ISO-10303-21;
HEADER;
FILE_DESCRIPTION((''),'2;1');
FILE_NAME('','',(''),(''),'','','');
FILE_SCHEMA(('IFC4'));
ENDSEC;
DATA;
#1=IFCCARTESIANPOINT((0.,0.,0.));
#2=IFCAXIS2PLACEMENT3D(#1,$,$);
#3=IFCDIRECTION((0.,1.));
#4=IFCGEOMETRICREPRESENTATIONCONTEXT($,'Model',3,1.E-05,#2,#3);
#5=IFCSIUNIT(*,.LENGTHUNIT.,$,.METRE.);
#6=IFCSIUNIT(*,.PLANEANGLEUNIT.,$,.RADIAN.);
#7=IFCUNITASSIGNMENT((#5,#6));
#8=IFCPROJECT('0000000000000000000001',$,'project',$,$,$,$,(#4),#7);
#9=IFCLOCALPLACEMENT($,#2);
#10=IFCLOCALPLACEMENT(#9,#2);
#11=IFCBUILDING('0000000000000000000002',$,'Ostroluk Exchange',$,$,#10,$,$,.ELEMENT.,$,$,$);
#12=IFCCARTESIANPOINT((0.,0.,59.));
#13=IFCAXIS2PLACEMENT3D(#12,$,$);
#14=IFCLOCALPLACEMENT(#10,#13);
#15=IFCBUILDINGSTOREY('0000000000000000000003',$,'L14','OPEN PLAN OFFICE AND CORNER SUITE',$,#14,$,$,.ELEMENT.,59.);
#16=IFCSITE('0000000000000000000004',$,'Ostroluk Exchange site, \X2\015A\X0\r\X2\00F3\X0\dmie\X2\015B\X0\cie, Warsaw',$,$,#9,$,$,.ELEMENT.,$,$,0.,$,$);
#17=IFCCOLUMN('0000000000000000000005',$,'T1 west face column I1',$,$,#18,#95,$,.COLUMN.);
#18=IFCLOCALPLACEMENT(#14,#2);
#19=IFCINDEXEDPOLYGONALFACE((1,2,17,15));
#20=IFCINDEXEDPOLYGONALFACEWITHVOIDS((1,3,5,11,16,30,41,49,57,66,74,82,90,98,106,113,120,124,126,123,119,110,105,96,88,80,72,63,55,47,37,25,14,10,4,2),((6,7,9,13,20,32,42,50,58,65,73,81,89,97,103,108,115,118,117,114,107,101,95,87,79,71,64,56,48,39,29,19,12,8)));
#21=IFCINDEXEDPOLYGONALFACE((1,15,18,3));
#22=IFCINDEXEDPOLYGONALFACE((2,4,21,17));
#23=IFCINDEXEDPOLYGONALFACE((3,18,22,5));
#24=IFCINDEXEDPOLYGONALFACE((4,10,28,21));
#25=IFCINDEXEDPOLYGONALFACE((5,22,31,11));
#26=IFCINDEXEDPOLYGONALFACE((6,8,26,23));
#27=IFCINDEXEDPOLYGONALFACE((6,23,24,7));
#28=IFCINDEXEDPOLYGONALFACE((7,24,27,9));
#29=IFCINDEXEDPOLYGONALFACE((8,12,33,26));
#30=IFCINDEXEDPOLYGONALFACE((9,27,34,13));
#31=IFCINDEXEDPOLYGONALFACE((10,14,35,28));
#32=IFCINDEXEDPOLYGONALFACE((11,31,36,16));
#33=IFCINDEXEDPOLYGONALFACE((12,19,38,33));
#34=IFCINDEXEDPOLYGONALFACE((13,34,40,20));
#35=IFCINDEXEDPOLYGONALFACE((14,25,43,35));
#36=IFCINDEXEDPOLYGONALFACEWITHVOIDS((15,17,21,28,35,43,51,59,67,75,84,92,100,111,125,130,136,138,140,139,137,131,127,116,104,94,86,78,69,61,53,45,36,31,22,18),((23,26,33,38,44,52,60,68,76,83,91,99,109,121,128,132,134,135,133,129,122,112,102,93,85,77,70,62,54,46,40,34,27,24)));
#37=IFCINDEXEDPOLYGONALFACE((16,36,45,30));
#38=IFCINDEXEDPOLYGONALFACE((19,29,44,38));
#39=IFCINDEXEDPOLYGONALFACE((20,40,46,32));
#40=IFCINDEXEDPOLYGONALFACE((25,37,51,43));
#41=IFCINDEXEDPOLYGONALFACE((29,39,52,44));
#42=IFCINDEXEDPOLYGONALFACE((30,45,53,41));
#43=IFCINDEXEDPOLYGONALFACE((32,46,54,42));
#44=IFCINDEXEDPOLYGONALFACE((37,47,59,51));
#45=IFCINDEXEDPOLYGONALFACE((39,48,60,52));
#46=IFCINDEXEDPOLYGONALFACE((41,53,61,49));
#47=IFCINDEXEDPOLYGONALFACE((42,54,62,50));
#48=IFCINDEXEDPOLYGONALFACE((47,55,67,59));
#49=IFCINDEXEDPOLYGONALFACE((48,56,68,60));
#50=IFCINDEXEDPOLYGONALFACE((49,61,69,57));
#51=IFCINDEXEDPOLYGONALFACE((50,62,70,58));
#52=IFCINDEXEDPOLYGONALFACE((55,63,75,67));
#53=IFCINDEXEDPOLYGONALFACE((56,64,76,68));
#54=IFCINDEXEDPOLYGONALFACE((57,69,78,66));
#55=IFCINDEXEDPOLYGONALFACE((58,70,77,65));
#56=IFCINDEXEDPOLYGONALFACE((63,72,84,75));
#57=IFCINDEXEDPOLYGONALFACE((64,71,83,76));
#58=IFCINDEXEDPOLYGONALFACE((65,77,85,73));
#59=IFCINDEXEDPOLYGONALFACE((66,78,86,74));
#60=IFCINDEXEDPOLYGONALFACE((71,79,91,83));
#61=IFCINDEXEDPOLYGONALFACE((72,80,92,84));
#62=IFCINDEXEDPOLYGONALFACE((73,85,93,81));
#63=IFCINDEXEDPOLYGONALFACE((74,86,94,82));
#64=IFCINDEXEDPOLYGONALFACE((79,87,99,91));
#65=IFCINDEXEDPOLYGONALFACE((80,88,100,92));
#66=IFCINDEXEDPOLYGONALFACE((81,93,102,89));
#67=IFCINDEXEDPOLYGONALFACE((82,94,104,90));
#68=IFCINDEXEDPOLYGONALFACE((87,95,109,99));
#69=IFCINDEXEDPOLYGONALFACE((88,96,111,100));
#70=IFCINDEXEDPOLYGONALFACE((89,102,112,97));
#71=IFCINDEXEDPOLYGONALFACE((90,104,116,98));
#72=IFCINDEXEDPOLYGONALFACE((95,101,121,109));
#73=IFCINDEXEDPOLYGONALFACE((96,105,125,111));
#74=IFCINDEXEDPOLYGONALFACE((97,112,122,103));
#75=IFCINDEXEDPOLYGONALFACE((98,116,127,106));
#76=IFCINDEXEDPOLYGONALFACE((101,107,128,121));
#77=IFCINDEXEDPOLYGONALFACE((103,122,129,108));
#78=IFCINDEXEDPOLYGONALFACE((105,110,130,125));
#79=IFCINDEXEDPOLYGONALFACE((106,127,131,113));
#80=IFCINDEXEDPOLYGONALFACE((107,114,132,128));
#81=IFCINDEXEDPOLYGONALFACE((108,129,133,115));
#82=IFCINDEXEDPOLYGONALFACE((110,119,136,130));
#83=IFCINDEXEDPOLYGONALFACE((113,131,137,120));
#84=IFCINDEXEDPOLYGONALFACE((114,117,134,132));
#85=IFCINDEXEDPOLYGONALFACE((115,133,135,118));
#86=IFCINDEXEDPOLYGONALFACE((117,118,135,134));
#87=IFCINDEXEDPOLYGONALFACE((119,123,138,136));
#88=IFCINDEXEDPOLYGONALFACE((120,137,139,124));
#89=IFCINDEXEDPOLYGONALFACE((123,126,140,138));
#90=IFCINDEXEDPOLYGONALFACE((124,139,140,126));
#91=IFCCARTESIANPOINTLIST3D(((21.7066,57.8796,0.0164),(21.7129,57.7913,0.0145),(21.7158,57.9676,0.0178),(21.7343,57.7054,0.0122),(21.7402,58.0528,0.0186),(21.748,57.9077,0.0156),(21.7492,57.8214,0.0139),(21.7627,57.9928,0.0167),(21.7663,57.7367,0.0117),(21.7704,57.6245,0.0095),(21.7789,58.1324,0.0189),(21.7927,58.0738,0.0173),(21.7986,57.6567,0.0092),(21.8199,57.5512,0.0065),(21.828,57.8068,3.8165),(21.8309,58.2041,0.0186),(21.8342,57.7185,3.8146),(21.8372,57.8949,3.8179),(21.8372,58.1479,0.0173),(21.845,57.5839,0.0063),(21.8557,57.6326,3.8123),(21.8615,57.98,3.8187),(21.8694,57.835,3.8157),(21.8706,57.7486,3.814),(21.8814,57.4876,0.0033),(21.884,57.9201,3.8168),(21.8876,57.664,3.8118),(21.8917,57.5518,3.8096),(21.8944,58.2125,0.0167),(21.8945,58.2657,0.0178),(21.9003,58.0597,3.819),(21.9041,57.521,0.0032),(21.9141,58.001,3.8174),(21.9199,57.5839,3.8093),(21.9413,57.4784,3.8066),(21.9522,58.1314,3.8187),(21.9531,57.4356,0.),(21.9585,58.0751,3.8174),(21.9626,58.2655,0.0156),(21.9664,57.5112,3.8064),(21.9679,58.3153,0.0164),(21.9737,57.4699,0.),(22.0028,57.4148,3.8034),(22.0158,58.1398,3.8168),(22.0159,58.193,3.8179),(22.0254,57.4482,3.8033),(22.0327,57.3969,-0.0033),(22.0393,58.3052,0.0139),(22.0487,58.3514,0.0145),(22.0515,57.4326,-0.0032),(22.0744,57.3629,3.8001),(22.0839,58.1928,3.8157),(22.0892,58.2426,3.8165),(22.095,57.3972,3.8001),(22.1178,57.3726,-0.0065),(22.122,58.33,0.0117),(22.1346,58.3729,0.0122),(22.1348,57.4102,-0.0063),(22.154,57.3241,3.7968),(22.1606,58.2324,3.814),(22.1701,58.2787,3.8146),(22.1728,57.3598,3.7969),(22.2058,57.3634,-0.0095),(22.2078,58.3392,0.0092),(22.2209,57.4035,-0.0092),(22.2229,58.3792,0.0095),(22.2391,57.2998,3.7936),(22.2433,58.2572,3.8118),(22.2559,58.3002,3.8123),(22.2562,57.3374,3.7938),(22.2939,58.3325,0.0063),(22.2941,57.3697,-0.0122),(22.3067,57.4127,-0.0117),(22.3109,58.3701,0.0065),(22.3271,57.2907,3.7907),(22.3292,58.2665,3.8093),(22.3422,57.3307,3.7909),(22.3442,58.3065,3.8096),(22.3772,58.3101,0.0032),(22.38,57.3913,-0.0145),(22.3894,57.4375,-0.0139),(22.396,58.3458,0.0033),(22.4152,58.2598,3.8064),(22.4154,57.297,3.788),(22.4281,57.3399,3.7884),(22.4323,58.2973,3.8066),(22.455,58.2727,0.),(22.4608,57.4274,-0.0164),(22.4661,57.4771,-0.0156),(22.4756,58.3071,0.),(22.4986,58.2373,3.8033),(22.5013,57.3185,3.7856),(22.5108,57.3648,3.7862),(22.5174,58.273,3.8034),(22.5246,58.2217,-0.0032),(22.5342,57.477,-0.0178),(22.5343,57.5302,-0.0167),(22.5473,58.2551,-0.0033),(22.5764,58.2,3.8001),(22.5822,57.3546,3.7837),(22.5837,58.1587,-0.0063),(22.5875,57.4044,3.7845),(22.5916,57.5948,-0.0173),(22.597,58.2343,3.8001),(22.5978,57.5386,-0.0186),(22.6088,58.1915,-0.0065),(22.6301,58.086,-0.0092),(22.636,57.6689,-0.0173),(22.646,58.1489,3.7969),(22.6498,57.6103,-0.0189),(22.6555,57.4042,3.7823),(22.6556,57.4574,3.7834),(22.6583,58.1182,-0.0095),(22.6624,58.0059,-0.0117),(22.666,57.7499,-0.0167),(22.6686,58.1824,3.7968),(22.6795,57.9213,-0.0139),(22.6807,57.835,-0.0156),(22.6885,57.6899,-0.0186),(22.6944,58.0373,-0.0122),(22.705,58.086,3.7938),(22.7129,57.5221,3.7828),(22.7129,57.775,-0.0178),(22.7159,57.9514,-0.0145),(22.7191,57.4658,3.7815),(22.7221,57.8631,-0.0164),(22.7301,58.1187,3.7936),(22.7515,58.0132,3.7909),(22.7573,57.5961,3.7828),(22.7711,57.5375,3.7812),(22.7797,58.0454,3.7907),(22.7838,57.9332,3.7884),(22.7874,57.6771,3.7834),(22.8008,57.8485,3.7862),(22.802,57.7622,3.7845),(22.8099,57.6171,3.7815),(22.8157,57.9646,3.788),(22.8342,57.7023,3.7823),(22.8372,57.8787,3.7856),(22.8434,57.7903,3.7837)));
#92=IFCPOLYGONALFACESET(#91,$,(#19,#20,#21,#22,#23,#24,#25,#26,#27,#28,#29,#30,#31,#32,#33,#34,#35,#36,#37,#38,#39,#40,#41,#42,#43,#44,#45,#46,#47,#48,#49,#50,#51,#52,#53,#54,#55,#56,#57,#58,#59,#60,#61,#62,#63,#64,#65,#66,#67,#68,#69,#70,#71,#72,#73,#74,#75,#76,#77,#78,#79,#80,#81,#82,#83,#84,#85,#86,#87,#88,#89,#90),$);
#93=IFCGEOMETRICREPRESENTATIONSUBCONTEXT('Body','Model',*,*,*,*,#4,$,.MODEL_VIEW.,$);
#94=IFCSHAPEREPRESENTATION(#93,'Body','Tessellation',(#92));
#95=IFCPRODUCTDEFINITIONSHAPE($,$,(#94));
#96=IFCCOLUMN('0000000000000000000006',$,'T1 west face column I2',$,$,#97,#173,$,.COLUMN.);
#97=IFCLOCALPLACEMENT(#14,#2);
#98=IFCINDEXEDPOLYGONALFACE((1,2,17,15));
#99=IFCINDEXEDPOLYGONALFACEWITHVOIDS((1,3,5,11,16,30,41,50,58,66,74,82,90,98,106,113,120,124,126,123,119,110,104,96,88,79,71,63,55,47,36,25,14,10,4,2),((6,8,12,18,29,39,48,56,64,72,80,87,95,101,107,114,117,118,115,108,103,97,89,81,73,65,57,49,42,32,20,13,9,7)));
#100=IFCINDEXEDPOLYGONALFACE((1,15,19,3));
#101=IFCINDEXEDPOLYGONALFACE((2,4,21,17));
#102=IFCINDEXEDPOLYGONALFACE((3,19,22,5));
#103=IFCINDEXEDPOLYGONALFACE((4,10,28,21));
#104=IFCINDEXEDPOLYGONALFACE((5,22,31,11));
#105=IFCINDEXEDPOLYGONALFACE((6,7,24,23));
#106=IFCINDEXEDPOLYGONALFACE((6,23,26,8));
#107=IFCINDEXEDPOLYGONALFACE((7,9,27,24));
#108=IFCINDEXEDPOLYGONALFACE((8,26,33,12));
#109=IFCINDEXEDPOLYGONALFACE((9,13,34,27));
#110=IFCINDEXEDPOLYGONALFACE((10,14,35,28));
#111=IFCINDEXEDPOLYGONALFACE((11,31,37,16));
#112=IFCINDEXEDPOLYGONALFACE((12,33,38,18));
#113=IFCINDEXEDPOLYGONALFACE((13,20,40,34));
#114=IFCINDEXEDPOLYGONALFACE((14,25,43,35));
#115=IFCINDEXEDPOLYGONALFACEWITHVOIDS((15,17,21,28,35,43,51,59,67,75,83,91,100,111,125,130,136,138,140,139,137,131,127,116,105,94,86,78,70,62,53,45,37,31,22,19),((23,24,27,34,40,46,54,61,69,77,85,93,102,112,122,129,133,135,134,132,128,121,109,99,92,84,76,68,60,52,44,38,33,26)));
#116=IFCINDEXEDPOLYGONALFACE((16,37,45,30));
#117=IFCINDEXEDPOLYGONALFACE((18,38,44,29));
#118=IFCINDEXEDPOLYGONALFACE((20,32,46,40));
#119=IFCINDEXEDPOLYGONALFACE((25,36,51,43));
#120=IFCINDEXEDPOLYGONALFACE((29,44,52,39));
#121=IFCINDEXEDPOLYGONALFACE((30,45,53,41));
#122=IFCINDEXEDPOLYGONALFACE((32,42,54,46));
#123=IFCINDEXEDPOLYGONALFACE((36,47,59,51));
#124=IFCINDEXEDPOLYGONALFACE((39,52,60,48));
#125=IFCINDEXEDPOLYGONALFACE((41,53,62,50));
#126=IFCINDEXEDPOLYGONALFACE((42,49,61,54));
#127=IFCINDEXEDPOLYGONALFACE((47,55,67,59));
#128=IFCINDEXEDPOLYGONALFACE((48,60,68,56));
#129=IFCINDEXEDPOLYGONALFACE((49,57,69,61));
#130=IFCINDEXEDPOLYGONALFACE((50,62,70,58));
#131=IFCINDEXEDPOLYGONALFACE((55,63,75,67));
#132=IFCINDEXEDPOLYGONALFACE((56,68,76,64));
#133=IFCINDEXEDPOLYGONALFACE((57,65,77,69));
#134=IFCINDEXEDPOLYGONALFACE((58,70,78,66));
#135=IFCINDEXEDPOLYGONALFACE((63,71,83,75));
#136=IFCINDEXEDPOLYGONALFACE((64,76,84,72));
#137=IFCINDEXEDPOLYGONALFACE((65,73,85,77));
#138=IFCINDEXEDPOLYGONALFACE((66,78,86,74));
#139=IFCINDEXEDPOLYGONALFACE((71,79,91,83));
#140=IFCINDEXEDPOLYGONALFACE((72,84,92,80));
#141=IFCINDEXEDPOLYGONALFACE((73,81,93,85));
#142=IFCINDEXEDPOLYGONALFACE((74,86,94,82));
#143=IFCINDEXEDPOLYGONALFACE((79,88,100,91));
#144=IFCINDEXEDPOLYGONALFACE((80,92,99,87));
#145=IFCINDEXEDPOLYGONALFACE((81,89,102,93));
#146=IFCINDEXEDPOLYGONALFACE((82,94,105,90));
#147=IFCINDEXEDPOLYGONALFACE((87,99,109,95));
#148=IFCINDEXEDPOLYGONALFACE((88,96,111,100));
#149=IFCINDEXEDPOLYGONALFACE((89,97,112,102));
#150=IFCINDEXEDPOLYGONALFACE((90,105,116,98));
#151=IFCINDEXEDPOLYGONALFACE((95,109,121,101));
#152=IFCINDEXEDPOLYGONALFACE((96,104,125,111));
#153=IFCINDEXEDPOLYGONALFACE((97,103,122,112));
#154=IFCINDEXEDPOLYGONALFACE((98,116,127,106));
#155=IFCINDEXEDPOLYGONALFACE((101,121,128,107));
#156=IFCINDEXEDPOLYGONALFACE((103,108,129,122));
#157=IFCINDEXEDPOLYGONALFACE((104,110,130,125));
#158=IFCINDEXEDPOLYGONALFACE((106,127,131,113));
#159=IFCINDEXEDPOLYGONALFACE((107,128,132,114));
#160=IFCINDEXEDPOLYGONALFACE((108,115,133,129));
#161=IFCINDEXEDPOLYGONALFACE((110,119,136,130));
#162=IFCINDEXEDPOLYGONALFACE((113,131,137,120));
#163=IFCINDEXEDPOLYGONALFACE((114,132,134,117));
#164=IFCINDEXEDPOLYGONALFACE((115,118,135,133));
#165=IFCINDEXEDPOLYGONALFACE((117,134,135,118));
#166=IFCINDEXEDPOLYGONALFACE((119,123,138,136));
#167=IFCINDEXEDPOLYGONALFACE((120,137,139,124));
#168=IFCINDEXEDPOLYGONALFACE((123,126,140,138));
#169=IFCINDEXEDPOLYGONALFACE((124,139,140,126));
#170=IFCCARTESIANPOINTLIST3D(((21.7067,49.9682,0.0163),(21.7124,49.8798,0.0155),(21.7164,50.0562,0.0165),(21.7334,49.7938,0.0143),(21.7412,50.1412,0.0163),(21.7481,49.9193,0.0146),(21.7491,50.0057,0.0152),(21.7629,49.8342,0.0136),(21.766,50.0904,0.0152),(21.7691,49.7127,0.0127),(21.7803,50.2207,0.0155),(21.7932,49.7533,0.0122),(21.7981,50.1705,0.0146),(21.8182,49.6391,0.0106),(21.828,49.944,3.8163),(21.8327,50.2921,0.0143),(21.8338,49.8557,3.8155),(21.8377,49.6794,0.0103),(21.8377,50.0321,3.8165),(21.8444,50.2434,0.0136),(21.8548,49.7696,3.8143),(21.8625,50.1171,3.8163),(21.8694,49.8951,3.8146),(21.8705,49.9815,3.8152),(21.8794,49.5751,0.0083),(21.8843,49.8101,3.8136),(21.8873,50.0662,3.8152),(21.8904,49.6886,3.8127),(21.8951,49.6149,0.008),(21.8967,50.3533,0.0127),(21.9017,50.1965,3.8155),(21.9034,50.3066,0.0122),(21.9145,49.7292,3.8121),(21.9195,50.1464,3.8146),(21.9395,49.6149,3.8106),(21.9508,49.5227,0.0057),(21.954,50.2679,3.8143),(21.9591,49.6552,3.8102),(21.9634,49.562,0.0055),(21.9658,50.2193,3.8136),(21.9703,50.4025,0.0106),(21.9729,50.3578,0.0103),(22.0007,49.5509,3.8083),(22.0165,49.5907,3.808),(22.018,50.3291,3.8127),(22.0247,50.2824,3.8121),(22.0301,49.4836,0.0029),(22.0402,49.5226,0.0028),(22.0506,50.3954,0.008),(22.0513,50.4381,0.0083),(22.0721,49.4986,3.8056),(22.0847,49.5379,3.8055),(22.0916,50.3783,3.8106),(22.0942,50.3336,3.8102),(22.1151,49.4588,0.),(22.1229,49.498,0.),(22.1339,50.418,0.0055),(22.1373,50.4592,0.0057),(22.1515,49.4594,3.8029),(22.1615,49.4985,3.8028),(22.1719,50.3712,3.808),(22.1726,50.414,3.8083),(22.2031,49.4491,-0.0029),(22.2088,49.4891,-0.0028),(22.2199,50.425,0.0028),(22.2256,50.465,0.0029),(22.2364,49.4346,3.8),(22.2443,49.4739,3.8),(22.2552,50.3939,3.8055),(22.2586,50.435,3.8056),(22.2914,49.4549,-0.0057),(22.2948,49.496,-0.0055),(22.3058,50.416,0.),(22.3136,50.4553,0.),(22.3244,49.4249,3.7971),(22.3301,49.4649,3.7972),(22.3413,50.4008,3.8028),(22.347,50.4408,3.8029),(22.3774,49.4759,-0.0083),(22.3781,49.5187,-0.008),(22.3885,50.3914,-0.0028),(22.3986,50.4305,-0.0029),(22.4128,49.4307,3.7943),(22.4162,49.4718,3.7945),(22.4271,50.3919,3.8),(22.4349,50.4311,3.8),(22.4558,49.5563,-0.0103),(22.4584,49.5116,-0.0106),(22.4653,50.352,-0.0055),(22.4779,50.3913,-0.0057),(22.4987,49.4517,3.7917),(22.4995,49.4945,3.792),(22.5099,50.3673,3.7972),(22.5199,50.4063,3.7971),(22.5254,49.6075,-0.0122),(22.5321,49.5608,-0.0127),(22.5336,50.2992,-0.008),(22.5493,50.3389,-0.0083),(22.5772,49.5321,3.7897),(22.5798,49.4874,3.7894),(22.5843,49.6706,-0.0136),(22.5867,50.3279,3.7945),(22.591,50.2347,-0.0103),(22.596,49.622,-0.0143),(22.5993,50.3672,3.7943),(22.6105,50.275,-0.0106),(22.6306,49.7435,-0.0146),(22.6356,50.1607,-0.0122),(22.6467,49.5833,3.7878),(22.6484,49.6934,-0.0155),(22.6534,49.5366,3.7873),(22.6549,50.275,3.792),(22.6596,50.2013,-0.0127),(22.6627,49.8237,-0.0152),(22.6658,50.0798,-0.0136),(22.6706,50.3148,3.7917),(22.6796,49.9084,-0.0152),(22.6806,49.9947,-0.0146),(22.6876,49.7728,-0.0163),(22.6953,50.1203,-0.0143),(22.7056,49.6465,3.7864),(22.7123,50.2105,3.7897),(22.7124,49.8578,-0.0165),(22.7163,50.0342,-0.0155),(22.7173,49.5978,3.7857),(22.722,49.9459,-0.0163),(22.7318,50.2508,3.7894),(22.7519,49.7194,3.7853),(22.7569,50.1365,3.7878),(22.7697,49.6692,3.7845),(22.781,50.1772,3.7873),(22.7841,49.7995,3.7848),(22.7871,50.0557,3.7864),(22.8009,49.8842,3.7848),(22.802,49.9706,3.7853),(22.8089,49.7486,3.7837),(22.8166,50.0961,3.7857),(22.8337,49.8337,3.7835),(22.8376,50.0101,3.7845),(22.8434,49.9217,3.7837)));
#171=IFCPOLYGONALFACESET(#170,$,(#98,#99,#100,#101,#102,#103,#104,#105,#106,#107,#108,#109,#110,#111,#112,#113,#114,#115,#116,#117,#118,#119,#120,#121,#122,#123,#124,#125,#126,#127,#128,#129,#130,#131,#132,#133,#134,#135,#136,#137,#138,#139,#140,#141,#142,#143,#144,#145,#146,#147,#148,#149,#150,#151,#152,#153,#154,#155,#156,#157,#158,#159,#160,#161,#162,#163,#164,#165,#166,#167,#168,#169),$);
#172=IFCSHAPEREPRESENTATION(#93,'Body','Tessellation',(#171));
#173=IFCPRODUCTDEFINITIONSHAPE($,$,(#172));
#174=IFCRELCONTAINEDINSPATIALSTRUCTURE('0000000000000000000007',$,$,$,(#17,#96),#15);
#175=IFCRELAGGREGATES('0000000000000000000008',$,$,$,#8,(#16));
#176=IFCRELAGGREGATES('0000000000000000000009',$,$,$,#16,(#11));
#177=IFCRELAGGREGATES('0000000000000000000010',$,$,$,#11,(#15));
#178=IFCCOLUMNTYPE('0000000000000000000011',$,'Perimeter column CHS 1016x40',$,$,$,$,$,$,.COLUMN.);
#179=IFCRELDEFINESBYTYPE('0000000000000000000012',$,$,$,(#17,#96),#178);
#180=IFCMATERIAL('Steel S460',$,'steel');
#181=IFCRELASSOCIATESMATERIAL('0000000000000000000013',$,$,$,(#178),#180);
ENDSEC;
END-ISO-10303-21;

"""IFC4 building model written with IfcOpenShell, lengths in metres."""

from ifc_helpers import new_model, si_unit, direction, frame, origin, origin_2d, place, context, subcontext, project, spatial, hollow_circle, extrude, material, material_profile, profile_set, type_object, element, save


model = new_model("IFC4")

# Units and contexts
model_context = context("Model", 3, precision=1e-05, world=origin(), true_north=direction((0.0, 1.0)))
body_context = subcontext(model_context, "Body", "Model", "MODEL_VIEW")
ifc_project = project(units=[si_unit("LENGTHUNIT", "METRE"), si_unit("PLANEANGLEUNIT", "RADIAN")], contexts=[model_context])

# Site, building, storey
site_placement = place(None, origin())
site = spatial("IfcSite", under=ifc_project, at=site_placement, Name="Ostroluk Exchange site, Śródmieście, Warsaw", CompositionType="ELEMENT", RefElevation=0.0)
building_placement = place(site_placement, origin())
building = spatial("IfcBuilding", under=site, at=building_placement, Name="Ostroluk Exchange", CompositionType="ELEMENT")
storey_placement = place(building_placement, frame((0.0, 0.0, 59.0)))
storey = spatial("IfcBuildingStorey", under=building, at=storey_placement, Name="L14", Description="OPEN PLAN OFFICE AND CORNER SUITE", CompositionType="ELEMENT", Elevation=59.0)

# Columns
ifc_material_1 = material(Name="Steel S460", Category="steel")
ifc_material_profile_1 = material_profile(ifc_material_1, hollow_circle(Radius=0.5081, WallThickness=0.04, at=origin_2d()), Name="CHS 1016x40")
ifc_profile_set_1 = profile_set([ifc_material_profile_1], Name="Steel S460")
column_type = type_object("IfcColumnType", Name="Perimeter column CHS 1016x40", PredefinedType="COLUMN", material=ifc_profile_set_1)
column_1_placement = place(storey_placement, frame((22.2144, 57.8713, 0.0), z_axis=(0.031909, -0.019132, 0.999308), x_axis=(0.514242, 0.857645, 0.0)))
element("IfcColumn", 1, at=column_1_placement, inside=storey, type_object=column_type, Name="T1 west face column I1", PredefinedType="COLUMN", context=body_context, shape_type="SweptSolid", body=[
    extrude(hollow_circle(Radius=0.5081, WallThickness=0.04, at=origin_2d()), origin(), (0.0, 0.0, 1.0), 3.8027),
])
column_2_placement = place(storey_placement, frame((22.2144, 49.957, 0.0), z_axis=(0.031914, -0.006357, 0.99947), x_axis=(0.195357, 0.980732, 0.0)))
element("IfcColumn", 2, at=column_2_placement, inside=storey, type_object=column_type, Name="T1 west face column I2", PredefinedType="COLUMN", context=body_context, shape_type="SweptSolid", body=[
    extrude(hollow_circle(Radius=0.5081, WallThickness=0.04, at=origin_2d()), origin(), (0.0, 0.0, 1.0), 3.802),
])

save(model, "model.ifc")
